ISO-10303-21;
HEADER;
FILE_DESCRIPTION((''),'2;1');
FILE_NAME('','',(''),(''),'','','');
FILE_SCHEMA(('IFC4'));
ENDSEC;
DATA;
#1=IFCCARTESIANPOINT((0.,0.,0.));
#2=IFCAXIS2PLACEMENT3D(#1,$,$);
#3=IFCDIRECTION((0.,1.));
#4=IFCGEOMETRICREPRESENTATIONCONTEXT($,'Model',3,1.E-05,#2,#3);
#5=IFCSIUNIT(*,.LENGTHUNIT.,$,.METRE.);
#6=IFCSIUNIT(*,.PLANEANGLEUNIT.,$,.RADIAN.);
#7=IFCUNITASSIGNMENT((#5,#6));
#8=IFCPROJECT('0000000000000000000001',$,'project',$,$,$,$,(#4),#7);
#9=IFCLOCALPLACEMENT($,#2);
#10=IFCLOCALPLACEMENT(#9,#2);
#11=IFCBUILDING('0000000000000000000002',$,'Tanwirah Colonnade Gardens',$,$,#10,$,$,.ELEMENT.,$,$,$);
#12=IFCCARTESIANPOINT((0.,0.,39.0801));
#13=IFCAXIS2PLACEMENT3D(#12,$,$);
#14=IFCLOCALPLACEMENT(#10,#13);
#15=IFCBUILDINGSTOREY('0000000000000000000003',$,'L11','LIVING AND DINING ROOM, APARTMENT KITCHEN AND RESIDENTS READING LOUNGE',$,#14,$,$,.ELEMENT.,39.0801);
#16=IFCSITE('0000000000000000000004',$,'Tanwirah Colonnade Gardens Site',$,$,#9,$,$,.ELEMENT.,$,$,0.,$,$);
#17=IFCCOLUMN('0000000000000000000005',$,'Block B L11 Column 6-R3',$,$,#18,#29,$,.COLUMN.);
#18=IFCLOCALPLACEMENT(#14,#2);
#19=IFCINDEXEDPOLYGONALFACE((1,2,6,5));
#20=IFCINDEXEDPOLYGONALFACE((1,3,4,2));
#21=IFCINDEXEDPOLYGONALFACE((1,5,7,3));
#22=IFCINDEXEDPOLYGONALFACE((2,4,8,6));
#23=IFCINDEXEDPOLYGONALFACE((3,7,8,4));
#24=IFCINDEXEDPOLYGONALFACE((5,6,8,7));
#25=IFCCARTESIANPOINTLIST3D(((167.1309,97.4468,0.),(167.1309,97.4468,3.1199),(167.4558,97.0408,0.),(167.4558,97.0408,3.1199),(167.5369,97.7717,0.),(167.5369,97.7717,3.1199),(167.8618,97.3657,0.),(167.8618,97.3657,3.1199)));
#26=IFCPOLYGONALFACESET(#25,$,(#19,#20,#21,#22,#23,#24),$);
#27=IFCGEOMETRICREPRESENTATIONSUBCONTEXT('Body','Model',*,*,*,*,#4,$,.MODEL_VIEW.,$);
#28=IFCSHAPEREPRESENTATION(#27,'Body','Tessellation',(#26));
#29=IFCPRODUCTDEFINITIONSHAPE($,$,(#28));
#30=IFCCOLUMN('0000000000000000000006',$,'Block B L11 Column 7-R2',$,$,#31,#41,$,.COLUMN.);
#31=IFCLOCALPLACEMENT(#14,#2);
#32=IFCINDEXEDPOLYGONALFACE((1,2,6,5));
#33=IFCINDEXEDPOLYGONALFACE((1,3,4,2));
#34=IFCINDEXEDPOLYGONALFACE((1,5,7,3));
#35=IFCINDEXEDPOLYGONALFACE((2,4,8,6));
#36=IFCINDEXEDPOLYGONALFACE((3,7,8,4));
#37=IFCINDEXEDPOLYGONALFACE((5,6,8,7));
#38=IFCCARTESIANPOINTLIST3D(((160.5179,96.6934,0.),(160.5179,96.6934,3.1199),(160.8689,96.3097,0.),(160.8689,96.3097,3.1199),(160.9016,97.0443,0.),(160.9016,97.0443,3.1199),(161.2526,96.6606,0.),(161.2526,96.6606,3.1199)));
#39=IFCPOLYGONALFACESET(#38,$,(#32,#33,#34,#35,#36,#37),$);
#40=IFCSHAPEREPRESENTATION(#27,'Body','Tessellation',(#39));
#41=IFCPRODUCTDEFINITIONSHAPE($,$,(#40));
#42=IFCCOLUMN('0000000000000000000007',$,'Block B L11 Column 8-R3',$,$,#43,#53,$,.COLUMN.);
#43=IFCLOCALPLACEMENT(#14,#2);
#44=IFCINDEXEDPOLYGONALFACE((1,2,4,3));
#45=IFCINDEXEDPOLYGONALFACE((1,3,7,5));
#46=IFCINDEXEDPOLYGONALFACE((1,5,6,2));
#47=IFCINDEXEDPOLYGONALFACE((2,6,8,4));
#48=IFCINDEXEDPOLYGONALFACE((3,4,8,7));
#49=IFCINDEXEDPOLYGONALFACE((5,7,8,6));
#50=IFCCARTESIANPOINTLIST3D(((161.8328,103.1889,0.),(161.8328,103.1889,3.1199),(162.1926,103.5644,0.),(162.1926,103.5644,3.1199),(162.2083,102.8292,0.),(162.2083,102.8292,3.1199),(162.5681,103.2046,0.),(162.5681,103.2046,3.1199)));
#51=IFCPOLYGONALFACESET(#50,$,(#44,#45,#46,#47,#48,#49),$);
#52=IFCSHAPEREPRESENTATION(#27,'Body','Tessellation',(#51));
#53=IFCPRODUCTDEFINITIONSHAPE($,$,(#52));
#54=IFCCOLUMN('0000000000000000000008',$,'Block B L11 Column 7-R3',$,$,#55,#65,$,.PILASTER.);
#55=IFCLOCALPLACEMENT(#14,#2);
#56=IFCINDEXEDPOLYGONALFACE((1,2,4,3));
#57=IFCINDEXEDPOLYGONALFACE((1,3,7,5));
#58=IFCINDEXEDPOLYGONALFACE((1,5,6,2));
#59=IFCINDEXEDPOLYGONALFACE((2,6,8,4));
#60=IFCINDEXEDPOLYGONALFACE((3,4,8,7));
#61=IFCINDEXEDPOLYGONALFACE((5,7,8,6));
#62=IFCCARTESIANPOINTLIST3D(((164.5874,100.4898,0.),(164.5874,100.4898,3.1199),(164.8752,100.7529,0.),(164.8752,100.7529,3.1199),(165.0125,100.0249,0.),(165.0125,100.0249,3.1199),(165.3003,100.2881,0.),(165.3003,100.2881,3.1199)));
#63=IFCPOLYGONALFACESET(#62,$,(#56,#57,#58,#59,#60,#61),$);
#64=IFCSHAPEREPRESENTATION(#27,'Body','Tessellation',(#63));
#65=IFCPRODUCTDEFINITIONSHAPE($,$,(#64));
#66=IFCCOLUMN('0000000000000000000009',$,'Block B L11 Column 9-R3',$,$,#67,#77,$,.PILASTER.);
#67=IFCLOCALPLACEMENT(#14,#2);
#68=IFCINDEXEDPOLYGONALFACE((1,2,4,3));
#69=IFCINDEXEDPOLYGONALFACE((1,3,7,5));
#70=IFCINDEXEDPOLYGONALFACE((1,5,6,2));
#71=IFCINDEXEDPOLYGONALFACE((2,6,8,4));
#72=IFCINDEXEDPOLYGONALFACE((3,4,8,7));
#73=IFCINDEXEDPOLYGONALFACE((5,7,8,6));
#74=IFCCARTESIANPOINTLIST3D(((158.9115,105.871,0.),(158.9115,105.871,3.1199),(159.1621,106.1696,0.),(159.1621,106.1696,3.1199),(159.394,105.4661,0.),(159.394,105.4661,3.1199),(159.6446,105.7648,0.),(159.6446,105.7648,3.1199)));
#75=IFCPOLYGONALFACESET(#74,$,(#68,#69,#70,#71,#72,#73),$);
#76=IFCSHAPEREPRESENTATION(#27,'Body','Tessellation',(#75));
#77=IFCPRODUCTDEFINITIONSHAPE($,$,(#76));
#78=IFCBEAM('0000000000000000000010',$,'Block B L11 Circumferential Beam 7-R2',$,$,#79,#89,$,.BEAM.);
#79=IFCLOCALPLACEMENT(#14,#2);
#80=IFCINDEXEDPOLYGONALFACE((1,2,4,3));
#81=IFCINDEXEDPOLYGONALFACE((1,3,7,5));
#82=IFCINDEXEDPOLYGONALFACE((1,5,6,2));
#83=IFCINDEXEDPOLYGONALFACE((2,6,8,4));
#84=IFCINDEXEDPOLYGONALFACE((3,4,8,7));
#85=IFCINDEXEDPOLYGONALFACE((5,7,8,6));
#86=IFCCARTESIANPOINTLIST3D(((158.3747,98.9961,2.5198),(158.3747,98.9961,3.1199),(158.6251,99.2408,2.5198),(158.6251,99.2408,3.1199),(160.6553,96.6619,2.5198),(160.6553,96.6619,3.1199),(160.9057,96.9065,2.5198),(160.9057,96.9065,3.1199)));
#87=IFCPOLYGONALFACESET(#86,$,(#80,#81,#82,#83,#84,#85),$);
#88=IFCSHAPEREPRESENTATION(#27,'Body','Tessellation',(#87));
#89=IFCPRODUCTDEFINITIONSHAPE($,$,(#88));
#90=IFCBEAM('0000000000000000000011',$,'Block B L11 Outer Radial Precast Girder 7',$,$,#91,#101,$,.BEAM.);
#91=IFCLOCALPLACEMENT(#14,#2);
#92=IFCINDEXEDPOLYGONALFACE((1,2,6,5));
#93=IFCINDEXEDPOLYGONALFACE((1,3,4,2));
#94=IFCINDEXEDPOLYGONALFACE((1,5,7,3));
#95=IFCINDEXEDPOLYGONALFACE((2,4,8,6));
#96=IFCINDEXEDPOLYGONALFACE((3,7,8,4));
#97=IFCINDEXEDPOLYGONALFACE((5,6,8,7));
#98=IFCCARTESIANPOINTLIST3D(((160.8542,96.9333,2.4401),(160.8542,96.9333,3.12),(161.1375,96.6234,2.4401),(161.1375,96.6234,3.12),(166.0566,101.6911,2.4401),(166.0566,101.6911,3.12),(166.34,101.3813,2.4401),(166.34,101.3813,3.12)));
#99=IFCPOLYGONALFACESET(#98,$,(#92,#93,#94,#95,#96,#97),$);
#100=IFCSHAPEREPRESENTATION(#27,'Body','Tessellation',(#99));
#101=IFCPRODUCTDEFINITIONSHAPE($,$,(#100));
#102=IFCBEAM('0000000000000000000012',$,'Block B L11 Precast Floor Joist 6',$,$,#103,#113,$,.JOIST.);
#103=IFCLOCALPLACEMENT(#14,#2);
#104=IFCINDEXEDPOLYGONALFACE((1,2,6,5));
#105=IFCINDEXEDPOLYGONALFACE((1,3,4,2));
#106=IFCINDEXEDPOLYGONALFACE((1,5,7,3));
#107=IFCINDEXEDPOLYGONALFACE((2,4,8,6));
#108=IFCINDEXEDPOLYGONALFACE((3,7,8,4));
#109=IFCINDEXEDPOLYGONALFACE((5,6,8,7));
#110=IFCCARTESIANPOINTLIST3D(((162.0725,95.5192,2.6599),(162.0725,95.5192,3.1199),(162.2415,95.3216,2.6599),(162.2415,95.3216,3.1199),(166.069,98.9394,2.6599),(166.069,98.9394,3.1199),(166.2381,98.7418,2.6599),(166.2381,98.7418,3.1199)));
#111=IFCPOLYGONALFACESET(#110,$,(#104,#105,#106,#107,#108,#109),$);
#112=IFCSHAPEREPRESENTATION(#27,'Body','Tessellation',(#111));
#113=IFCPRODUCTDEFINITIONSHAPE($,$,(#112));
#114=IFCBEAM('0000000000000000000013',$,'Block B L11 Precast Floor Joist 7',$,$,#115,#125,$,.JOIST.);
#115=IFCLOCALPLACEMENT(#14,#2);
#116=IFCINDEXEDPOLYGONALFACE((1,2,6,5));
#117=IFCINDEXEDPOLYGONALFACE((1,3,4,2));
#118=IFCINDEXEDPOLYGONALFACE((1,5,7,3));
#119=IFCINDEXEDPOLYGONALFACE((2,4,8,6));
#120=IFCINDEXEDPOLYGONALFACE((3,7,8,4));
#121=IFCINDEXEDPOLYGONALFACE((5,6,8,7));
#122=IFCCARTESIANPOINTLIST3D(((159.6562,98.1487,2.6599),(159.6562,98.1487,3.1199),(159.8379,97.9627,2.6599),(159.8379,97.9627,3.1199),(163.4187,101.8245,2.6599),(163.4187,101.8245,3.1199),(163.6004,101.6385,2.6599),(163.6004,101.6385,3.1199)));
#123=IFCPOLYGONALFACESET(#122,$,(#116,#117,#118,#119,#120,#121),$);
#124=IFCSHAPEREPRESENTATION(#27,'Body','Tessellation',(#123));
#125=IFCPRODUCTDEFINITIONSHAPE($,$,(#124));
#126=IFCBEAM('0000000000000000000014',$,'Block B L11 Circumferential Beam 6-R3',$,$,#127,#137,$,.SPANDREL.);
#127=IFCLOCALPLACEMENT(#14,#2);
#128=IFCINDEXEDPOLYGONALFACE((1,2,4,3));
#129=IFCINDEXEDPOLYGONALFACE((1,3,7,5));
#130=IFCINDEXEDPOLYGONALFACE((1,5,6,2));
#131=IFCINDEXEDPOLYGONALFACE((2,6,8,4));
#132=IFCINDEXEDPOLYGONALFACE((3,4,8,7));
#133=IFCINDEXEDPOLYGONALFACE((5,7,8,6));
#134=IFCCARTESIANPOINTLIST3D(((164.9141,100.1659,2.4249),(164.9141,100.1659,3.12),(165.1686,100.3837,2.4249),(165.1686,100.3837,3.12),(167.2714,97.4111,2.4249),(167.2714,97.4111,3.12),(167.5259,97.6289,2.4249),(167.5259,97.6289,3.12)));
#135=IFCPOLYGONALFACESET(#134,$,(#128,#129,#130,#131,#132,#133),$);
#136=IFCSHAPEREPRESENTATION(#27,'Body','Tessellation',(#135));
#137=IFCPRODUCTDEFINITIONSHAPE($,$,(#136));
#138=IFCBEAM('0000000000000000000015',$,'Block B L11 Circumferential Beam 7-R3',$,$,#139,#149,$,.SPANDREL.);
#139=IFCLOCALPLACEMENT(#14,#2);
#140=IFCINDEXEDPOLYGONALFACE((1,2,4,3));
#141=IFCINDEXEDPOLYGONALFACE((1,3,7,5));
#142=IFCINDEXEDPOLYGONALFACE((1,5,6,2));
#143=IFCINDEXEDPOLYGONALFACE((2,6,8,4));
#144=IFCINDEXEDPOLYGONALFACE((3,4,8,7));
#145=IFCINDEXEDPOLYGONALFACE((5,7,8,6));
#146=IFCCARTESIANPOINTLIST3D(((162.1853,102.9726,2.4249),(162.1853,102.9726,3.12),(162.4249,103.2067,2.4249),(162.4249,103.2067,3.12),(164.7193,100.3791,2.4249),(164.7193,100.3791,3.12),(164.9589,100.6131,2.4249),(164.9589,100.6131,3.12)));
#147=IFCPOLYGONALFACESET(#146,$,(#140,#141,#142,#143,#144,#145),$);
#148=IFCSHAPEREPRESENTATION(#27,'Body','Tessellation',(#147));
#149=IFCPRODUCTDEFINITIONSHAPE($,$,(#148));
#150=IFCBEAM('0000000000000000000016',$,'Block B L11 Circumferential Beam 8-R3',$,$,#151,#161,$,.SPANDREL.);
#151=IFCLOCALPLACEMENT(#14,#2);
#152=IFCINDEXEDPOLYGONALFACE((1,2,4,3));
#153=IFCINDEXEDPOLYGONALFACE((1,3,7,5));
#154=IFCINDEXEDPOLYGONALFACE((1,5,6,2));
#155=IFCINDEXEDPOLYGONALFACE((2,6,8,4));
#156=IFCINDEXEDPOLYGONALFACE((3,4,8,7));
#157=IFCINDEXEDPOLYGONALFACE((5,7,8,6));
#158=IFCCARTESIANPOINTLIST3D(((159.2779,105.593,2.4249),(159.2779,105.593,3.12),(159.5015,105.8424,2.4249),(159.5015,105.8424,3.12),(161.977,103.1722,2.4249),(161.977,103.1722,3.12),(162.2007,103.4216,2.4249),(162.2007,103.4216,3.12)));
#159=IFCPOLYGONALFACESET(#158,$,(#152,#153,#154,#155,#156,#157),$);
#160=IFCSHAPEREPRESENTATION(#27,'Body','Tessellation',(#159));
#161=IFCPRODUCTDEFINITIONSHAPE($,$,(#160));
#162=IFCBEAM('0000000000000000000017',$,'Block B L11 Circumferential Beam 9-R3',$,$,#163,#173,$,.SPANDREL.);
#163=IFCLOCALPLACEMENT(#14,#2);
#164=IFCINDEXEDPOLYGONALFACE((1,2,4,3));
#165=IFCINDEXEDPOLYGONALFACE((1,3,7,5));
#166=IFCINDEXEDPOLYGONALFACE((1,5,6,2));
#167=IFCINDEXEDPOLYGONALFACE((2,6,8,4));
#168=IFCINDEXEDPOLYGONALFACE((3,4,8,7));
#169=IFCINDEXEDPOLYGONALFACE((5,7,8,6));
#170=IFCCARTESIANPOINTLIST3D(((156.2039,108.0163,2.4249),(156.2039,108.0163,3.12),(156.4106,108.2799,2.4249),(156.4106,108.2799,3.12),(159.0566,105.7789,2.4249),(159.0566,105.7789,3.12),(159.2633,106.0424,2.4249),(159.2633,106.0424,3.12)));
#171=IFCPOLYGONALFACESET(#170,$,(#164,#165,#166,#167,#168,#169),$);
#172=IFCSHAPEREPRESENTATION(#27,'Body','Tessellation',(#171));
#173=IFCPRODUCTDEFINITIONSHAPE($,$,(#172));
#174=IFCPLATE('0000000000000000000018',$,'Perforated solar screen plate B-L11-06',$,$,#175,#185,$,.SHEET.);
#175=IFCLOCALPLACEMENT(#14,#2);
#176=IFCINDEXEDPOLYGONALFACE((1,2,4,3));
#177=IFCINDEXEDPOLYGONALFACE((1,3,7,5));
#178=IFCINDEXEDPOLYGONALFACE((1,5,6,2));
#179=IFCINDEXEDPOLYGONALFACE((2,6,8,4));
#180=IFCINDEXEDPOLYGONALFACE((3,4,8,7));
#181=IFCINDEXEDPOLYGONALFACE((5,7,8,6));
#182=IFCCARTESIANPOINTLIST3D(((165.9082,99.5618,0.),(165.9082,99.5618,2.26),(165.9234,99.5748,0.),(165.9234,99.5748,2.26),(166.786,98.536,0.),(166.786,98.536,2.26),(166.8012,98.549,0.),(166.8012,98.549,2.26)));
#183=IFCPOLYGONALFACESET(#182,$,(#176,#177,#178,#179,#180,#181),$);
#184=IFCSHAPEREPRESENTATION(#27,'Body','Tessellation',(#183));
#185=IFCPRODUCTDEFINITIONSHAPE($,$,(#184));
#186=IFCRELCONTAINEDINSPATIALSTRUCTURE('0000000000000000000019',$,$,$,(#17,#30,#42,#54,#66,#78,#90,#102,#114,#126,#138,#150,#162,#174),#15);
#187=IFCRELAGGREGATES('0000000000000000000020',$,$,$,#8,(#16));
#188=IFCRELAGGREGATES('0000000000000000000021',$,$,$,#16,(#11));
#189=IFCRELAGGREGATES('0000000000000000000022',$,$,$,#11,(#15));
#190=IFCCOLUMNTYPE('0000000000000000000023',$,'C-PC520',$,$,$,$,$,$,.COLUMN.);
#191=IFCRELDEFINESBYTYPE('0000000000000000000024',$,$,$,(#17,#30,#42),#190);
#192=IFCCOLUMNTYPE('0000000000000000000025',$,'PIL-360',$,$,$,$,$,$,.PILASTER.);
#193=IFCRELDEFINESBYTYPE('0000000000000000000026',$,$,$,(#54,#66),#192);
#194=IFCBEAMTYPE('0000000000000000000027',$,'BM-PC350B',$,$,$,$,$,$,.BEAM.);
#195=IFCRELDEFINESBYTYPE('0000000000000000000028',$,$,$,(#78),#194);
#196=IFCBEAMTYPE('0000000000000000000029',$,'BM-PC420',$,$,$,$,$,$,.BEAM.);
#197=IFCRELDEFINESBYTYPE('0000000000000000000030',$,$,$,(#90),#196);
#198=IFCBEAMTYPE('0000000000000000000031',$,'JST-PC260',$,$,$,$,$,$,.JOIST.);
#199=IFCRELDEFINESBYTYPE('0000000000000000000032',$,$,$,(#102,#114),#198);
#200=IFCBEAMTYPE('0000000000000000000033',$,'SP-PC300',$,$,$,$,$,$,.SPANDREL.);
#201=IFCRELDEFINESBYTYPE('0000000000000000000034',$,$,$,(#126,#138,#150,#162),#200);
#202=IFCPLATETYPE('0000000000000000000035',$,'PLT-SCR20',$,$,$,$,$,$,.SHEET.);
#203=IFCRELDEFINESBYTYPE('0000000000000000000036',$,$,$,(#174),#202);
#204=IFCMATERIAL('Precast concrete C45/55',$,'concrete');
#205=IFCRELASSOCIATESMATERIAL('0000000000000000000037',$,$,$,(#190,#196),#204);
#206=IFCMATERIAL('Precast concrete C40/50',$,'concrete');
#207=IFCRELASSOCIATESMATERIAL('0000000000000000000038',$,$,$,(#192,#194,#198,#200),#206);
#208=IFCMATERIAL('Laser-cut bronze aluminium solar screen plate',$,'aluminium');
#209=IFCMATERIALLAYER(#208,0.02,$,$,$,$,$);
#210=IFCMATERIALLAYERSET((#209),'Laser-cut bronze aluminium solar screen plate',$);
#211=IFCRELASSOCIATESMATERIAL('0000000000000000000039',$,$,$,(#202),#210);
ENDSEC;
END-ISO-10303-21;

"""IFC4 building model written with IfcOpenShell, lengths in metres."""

from ifc_helpers import new_model, si_unit, direction, frame, origin, origin_2d, place, context, subcontext, project, spatial, rectangle, extrude, material, layer, layer_set, material_profile, profile_set, type_object, element, save


model = new_model("IFC4")

# Units and contexts
model_context = context("Model", 3, precision=1e-05, world=origin(), true_north=direction((0.0, 1.0)))
body_context = subcontext(model_context, "Body", "Model", "MODEL_VIEW")
ifc_project = project(units=[si_unit("LENGTHUNIT", "METRE"), si_unit("PLANEANGLEUNIT", "RADIAN")], contexts=[model_context])

# Site, building, storey
site_placement = place(None, origin())
site = spatial("IfcSite", under=ifc_project, at=site_placement, Name="Tanwirah Colonnade Gardens Site", CompositionType="ELEMENT", RefElevation=0.0)
building_placement = place(site_placement, origin())
building = spatial("IfcBuilding", under=site, at=building_placement, Name="Tanwirah Colonnade Gardens", CompositionType="ELEMENT")
storey_placement = place(building_placement, frame((0.0, 0.0, 39.0801)))
storey = spatial("IfcBuildingStorey", under=building, at=storey_placement, Name="L11", Description="LIVING AND DINING ROOM, APARTMENT KITCHEN AND RESIDENTS READING LOUNGE", CompositionType="ELEMENT", Elevation=39.0801)

# Columns
ifc_material_1 = material(Name="Precast concrete C45/55", Category="concrete")
ifc_material_profile_1 = material_profile(ifc_material_1, rectangle(XDim=0.52, YDim=0.52, at=origin_2d()), Name="PC-COL 520x520")
ifc_profile_set_1 = profile_set([ifc_material_profile_1], Name="Precast concrete C45/55")
column_type_1 = type_object("IfcColumnType", Name="C-PC520", PredefinedType="COLUMN", material=ifc_profile_set_1)
for number, where, z_axis, x_axis, name in (
    (1, (167.4963, 97.4062, 0.0), (0.0, 0.0, 1.0), (0.780794, 0.624789, 0.0), "Block B L11 Column 6-R3"),
    (2, (160.8853, 96.677, 0.0), (0.0, 0.0, 1.0), (0.737932, 0.674875, 0.0), "Block B L11 Column 7-R2"),
    (3, (162.2004, 103.1968, 0.0), (0.0, 0.0, 1.0), (0.691863, 0.722029, 0.0), "Block B L11 Column 8-R3"),
):
    element("IfcColumn", number, at=place(storey_placement, frame(where, z_axis=z_axis, x_axis=x_axis)), inside=storey, type_object=column_type_1, Name=name, PredefinedType="COLUMN", context=body_context, shape_type="SweptSolid", body=[
        extrude(rectangle(XDim=0.52, YDim=0.52, at=origin_2d()), origin(), (0.0, 0.0, 1.0), 3.1199),
    ])
ifc_material_2 = material(Name="Precast concrete C40/50", Category="concrete")
ifc_material_profile_2 = material_profile(ifc_material_2, rectangle(XDim=0.3899, YDim=0.6299, at=origin_2d()), Name="PC-PIL 390x630")
ifc_profile_set_2 = profile_set([ifc_material_profile_2], Name="Precast concrete C40/50")
column_type_2 = type_object("IfcColumnType", Name="PIL-360", PredefinedType="PILASTER", material=ifc_profile_set_2)
for number, where, z_axis, x_axis, name in (
    (4, (164.9438, 100.3889, 0.0), (0.0, 0.0, 1.0), (0.737932, 0.674875, 0.0), "Block B L11 Column 7-R3"),
    (5, (159.2781, 105.8179, 0.0), (0.0, 0.0, 1.0), (0.642788, 0.766044, 0.0), "Block B L11 Column 9-R3"),
):
    element("IfcColumn", number, at=place(storey_placement, frame(where, z_axis=z_axis, x_axis=x_axis)), inside=storey, type_object=column_type_2, Name=name, PredefinedType="PILASTER", context=body_context, shape_type="SweptSolid", body=[
        extrude(rectangle(XDim=0.3899, YDim=0.6299, at=origin_2d()), origin(), (0.0, 0.0, 1.0), 3.1199),
    ])

# Beams
ifc_material_profile_3 = material_profile(ifc_material_2, rectangle(XDim=0.3501, YDim=0.6001, at=origin_2d()), Name="PC-BM 350x600")
ifc_profile_set_3 = profile_set([ifc_material_profile_3], Name="Precast concrete C40/50")
beam_type_1 = type_object("IfcBeamType", Name="BM-PC350B", PredefinedType="BEAM", material=ifc_profile_set_3)
beam_1_placement = place(storey_placement, frame((160.7805, 96.7842, 2.8198), z_axis=(-0.698829, 0.715288, 0.0), x_axis=(-0.715288, -0.698829, 0.0)))
element("IfcBeam", 6, at=beam_1_placement, inside=storey, type_object=beam_type_1, Name="Block B L11 Circumferential Beam 7-R2", PredefinedType="BEAM", context=body_context, shape_type="SweptSolid", body=[
    extrude(rectangle(XDim=0.3501, YDim=0.6001, at=origin_2d()), origin(), (0.0, 0.0, 1.0), 3.2634),
])
ifc_material_profile_4 = material_profile(ifc_material_1, rectangle(XDim=0.4199, YDim=0.6799, at=origin_2d()), Name="PC-BM 420x680")
ifc_profile_set_4 = profile_set([ifc_material_profile_4], Name="Precast concrete C45/55")
beam_type_2 = type_object("IfcBeamType", Name="BM-PC420", PredefinedType="BEAM", material=ifc_profile_set_4)
beam_2_placement = place(storey_placement, frame((160.9958, 96.7783, 2.78), z_axis=(0.737934, 0.674873, 0.0), x_axis=(-0.674873, 0.737934, 0.0)))
element("IfcBeam", 7, at=beam_2_placement, inside=storey, type_object=beam_type_2, Name="Block B L11 Outer Radial Precast Girder 7", PredefinedType="BEAM", context=body_context, shape_type="SweptSolid", body=[
    extrude(rectangle(XDim=0.4199, YDim=0.6799, at=origin_2d()), origin(), (0.0, 0.0, 1.0), 7.05),
])
ifc_material_profile_5 = material_profile(ifc_material_2, rectangle(XDim=0.26, YDim=0.46, at=origin_2d()), Name="PC-JST 260x460")
ifc_profile_set_5 = profile_set([ifc_material_profile_5], Name="Precast concrete C40/50")
beam_type_3 = type_object("IfcBeamType", Name="JST-PC260", PredefinedType="JOIST", material=ifc_profile_set_5)
beam_3_placement = place(storey_placement, frame((162.157, 95.4204, 2.8899), z_axis=(0.759771, 0.650191, 0.0), x_axis=(-0.650191, 0.759771, 0.0)))
element("IfcBeam", 8, at=beam_3_placement, inside=storey, type_object=beam_type_3, Name="Block B L11 Precast Floor Joist 6", PredefinedType="JOIST", context=body_context, shape_type="SweptSolid", body=[
    extrude(rectangle(XDim=0.26, YDim=0.46, at=origin_2d()), origin(), (0.0, 0.0, 1.0), 5.2603),
])
beam_4_placement = place(storey_placement, frame((159.7471, 98.0557, 2.8899), z_axis=(0.715297, 0.69882, 0.0), x_axis=(-0.69882, 0.715297, 0.0)))
element("IfcBeam", 9, at=beam_4_placement, inside=storey, type_object=beam_type_3, Name="Block B L11 Precast Floor Joist 7", PredefinedType="JOIST", context=body_context, shape_type="SweptSolid", body=[
    extrude(rectangle(XDim=0.26, YDim=0.46, at=origin_2d()), origin(), (0.0, 0.0, 1.0), 5.26),
])
ifc_material_profile_6 = material_profile(ifc_material_2, rectangle(XDim=0.335, YDim=0.6951, at=origin_2d()), Name="PC-SP 335x695")
ifc_profile_set_6 = profile_set([ifc_material_profile_6], Name="Precast concrete C40/50")
beam_type_4 = type_object("IfcBeamType", Name="SP-PC300", PredefinedType="SPANDREL", material=ifc_profile_set_6)
beam_5_placement = place(storey_placement, frame((167.3987, 97.52, 2.7725), z_axis=(-0.65017, 0.759789, 0.0), x_axis=(-0.759789, -0.65017, 0.0)))
element("IfcBeam", 10, at=beam_5_placement, inside=storey, type_object=beam_type_4, Name="Block B L11 Circumferential Beam 6-R3", PredefinedType="SPANDREL", context=body_context, shape_type="SweptSolid", body=[
    extrude(rectangle(XDim=0.335, YDim=0.6951, at=origin_2d()), origin(), (0.0, 0.0, 1.0), 3.6257),
])
beam_6_placement = place(storey_placement, frame((164.8391, 100.4961, 2.7725), z_axis=(-0.698844, 0.715274, 0.0), x_axis=(-0.715274, -0.698844, 0.0)))
element("IfcBeam", 11, at=beam_6_placement, inside=storey, type_object=beam_type_4, Name="Block B L11 Circumferential Beam 7-R3", PredefinedType="SPANDREL", context=body_context, shape_type="SweptSolid", body=[
    extrude(rectangle(XDim=0.335, YDim=0.6951, at=origin_2d()), origin(), (0.0, 0.0, 1.0), 3.626),
])
beam_7_placement = place(storey_placement, frame((162.0889, 103.2969, 2.7725), z_axis=(-0.744445, 0.667684, 0.0), x_axis=(-0.667684, -0.744445, 0.0)))
element("IfcBeam", 12, at=beam_7_placement, inside=storey, type_object=beam_type_4, Name="Block B L11 Circumferential Beam 8-R3", PredefinedType="SPANDREL", context=body_context, shape_type="SweptSolid", body=[
    extrude(rectangle(XDim=0.335, YDim=0.6951, at=origin_2d()), origin(), (0.0, 0.0, 1.0), 3.6257),
])
beam_8_placement = place(storey_placement, frame((159.1599, 105.9106, 2.7725), z_axis=(-0.786844, 0.617152, 0.0), x_axis=(-0.617152, -0.786844, 0.0)))
element("IfcBeam", 13, at=beam_8_placement, inside=storey, type_object=beam_type_4, Name="Block B L11 Circumferential Beam 9-R3", PredefinedType="SPANDREL", context=body_context, shape_type="SweptSolid", body=[
    extrude(rectangle(XDim=0.335, YDim=0.6951, at=origin_2d()), origin(), (0.0, 0.0, 1.0), 3.6255),
])

# Plate
ifc_material_3 = material(Name="Laser-cut bronze aluminium solar screen plate", Category="aluminium")
ifc_layer_1 = layer(ifc_material_3, 0.02)
ifc_layer_set_1 = layer_set([ifc_layer_1], Name="Laser-cut bronze aluminium solar screen plate")
plate_type = type_object("IfcPlateType", Name="PLT-SCR20", PredefinedType="SHEET", material=ifc_layer_set_1)
plate_placement = place(storey_placement, frame((166.3547, 99.0554, 0.0), z_axis=(0.0, 0.0, 1.0), x_axis=(-0.650187, 0.759774, 0.0)))
element("IfcPlate", 14, at=plate_placement, inside=storey, type_object=plate_type, Name="Perforated solar screen plate B-L11-06", PredefinedType="SHEET", context=body_context, shape_type="SweptSolid", body=[
    extrude(rectangle(XDim=1.3501, YDim=0.02, at=origin_2d()), origin(), (0.0, 0.0, 1.0), 2.26),
])

save(model, "model.ifc")
